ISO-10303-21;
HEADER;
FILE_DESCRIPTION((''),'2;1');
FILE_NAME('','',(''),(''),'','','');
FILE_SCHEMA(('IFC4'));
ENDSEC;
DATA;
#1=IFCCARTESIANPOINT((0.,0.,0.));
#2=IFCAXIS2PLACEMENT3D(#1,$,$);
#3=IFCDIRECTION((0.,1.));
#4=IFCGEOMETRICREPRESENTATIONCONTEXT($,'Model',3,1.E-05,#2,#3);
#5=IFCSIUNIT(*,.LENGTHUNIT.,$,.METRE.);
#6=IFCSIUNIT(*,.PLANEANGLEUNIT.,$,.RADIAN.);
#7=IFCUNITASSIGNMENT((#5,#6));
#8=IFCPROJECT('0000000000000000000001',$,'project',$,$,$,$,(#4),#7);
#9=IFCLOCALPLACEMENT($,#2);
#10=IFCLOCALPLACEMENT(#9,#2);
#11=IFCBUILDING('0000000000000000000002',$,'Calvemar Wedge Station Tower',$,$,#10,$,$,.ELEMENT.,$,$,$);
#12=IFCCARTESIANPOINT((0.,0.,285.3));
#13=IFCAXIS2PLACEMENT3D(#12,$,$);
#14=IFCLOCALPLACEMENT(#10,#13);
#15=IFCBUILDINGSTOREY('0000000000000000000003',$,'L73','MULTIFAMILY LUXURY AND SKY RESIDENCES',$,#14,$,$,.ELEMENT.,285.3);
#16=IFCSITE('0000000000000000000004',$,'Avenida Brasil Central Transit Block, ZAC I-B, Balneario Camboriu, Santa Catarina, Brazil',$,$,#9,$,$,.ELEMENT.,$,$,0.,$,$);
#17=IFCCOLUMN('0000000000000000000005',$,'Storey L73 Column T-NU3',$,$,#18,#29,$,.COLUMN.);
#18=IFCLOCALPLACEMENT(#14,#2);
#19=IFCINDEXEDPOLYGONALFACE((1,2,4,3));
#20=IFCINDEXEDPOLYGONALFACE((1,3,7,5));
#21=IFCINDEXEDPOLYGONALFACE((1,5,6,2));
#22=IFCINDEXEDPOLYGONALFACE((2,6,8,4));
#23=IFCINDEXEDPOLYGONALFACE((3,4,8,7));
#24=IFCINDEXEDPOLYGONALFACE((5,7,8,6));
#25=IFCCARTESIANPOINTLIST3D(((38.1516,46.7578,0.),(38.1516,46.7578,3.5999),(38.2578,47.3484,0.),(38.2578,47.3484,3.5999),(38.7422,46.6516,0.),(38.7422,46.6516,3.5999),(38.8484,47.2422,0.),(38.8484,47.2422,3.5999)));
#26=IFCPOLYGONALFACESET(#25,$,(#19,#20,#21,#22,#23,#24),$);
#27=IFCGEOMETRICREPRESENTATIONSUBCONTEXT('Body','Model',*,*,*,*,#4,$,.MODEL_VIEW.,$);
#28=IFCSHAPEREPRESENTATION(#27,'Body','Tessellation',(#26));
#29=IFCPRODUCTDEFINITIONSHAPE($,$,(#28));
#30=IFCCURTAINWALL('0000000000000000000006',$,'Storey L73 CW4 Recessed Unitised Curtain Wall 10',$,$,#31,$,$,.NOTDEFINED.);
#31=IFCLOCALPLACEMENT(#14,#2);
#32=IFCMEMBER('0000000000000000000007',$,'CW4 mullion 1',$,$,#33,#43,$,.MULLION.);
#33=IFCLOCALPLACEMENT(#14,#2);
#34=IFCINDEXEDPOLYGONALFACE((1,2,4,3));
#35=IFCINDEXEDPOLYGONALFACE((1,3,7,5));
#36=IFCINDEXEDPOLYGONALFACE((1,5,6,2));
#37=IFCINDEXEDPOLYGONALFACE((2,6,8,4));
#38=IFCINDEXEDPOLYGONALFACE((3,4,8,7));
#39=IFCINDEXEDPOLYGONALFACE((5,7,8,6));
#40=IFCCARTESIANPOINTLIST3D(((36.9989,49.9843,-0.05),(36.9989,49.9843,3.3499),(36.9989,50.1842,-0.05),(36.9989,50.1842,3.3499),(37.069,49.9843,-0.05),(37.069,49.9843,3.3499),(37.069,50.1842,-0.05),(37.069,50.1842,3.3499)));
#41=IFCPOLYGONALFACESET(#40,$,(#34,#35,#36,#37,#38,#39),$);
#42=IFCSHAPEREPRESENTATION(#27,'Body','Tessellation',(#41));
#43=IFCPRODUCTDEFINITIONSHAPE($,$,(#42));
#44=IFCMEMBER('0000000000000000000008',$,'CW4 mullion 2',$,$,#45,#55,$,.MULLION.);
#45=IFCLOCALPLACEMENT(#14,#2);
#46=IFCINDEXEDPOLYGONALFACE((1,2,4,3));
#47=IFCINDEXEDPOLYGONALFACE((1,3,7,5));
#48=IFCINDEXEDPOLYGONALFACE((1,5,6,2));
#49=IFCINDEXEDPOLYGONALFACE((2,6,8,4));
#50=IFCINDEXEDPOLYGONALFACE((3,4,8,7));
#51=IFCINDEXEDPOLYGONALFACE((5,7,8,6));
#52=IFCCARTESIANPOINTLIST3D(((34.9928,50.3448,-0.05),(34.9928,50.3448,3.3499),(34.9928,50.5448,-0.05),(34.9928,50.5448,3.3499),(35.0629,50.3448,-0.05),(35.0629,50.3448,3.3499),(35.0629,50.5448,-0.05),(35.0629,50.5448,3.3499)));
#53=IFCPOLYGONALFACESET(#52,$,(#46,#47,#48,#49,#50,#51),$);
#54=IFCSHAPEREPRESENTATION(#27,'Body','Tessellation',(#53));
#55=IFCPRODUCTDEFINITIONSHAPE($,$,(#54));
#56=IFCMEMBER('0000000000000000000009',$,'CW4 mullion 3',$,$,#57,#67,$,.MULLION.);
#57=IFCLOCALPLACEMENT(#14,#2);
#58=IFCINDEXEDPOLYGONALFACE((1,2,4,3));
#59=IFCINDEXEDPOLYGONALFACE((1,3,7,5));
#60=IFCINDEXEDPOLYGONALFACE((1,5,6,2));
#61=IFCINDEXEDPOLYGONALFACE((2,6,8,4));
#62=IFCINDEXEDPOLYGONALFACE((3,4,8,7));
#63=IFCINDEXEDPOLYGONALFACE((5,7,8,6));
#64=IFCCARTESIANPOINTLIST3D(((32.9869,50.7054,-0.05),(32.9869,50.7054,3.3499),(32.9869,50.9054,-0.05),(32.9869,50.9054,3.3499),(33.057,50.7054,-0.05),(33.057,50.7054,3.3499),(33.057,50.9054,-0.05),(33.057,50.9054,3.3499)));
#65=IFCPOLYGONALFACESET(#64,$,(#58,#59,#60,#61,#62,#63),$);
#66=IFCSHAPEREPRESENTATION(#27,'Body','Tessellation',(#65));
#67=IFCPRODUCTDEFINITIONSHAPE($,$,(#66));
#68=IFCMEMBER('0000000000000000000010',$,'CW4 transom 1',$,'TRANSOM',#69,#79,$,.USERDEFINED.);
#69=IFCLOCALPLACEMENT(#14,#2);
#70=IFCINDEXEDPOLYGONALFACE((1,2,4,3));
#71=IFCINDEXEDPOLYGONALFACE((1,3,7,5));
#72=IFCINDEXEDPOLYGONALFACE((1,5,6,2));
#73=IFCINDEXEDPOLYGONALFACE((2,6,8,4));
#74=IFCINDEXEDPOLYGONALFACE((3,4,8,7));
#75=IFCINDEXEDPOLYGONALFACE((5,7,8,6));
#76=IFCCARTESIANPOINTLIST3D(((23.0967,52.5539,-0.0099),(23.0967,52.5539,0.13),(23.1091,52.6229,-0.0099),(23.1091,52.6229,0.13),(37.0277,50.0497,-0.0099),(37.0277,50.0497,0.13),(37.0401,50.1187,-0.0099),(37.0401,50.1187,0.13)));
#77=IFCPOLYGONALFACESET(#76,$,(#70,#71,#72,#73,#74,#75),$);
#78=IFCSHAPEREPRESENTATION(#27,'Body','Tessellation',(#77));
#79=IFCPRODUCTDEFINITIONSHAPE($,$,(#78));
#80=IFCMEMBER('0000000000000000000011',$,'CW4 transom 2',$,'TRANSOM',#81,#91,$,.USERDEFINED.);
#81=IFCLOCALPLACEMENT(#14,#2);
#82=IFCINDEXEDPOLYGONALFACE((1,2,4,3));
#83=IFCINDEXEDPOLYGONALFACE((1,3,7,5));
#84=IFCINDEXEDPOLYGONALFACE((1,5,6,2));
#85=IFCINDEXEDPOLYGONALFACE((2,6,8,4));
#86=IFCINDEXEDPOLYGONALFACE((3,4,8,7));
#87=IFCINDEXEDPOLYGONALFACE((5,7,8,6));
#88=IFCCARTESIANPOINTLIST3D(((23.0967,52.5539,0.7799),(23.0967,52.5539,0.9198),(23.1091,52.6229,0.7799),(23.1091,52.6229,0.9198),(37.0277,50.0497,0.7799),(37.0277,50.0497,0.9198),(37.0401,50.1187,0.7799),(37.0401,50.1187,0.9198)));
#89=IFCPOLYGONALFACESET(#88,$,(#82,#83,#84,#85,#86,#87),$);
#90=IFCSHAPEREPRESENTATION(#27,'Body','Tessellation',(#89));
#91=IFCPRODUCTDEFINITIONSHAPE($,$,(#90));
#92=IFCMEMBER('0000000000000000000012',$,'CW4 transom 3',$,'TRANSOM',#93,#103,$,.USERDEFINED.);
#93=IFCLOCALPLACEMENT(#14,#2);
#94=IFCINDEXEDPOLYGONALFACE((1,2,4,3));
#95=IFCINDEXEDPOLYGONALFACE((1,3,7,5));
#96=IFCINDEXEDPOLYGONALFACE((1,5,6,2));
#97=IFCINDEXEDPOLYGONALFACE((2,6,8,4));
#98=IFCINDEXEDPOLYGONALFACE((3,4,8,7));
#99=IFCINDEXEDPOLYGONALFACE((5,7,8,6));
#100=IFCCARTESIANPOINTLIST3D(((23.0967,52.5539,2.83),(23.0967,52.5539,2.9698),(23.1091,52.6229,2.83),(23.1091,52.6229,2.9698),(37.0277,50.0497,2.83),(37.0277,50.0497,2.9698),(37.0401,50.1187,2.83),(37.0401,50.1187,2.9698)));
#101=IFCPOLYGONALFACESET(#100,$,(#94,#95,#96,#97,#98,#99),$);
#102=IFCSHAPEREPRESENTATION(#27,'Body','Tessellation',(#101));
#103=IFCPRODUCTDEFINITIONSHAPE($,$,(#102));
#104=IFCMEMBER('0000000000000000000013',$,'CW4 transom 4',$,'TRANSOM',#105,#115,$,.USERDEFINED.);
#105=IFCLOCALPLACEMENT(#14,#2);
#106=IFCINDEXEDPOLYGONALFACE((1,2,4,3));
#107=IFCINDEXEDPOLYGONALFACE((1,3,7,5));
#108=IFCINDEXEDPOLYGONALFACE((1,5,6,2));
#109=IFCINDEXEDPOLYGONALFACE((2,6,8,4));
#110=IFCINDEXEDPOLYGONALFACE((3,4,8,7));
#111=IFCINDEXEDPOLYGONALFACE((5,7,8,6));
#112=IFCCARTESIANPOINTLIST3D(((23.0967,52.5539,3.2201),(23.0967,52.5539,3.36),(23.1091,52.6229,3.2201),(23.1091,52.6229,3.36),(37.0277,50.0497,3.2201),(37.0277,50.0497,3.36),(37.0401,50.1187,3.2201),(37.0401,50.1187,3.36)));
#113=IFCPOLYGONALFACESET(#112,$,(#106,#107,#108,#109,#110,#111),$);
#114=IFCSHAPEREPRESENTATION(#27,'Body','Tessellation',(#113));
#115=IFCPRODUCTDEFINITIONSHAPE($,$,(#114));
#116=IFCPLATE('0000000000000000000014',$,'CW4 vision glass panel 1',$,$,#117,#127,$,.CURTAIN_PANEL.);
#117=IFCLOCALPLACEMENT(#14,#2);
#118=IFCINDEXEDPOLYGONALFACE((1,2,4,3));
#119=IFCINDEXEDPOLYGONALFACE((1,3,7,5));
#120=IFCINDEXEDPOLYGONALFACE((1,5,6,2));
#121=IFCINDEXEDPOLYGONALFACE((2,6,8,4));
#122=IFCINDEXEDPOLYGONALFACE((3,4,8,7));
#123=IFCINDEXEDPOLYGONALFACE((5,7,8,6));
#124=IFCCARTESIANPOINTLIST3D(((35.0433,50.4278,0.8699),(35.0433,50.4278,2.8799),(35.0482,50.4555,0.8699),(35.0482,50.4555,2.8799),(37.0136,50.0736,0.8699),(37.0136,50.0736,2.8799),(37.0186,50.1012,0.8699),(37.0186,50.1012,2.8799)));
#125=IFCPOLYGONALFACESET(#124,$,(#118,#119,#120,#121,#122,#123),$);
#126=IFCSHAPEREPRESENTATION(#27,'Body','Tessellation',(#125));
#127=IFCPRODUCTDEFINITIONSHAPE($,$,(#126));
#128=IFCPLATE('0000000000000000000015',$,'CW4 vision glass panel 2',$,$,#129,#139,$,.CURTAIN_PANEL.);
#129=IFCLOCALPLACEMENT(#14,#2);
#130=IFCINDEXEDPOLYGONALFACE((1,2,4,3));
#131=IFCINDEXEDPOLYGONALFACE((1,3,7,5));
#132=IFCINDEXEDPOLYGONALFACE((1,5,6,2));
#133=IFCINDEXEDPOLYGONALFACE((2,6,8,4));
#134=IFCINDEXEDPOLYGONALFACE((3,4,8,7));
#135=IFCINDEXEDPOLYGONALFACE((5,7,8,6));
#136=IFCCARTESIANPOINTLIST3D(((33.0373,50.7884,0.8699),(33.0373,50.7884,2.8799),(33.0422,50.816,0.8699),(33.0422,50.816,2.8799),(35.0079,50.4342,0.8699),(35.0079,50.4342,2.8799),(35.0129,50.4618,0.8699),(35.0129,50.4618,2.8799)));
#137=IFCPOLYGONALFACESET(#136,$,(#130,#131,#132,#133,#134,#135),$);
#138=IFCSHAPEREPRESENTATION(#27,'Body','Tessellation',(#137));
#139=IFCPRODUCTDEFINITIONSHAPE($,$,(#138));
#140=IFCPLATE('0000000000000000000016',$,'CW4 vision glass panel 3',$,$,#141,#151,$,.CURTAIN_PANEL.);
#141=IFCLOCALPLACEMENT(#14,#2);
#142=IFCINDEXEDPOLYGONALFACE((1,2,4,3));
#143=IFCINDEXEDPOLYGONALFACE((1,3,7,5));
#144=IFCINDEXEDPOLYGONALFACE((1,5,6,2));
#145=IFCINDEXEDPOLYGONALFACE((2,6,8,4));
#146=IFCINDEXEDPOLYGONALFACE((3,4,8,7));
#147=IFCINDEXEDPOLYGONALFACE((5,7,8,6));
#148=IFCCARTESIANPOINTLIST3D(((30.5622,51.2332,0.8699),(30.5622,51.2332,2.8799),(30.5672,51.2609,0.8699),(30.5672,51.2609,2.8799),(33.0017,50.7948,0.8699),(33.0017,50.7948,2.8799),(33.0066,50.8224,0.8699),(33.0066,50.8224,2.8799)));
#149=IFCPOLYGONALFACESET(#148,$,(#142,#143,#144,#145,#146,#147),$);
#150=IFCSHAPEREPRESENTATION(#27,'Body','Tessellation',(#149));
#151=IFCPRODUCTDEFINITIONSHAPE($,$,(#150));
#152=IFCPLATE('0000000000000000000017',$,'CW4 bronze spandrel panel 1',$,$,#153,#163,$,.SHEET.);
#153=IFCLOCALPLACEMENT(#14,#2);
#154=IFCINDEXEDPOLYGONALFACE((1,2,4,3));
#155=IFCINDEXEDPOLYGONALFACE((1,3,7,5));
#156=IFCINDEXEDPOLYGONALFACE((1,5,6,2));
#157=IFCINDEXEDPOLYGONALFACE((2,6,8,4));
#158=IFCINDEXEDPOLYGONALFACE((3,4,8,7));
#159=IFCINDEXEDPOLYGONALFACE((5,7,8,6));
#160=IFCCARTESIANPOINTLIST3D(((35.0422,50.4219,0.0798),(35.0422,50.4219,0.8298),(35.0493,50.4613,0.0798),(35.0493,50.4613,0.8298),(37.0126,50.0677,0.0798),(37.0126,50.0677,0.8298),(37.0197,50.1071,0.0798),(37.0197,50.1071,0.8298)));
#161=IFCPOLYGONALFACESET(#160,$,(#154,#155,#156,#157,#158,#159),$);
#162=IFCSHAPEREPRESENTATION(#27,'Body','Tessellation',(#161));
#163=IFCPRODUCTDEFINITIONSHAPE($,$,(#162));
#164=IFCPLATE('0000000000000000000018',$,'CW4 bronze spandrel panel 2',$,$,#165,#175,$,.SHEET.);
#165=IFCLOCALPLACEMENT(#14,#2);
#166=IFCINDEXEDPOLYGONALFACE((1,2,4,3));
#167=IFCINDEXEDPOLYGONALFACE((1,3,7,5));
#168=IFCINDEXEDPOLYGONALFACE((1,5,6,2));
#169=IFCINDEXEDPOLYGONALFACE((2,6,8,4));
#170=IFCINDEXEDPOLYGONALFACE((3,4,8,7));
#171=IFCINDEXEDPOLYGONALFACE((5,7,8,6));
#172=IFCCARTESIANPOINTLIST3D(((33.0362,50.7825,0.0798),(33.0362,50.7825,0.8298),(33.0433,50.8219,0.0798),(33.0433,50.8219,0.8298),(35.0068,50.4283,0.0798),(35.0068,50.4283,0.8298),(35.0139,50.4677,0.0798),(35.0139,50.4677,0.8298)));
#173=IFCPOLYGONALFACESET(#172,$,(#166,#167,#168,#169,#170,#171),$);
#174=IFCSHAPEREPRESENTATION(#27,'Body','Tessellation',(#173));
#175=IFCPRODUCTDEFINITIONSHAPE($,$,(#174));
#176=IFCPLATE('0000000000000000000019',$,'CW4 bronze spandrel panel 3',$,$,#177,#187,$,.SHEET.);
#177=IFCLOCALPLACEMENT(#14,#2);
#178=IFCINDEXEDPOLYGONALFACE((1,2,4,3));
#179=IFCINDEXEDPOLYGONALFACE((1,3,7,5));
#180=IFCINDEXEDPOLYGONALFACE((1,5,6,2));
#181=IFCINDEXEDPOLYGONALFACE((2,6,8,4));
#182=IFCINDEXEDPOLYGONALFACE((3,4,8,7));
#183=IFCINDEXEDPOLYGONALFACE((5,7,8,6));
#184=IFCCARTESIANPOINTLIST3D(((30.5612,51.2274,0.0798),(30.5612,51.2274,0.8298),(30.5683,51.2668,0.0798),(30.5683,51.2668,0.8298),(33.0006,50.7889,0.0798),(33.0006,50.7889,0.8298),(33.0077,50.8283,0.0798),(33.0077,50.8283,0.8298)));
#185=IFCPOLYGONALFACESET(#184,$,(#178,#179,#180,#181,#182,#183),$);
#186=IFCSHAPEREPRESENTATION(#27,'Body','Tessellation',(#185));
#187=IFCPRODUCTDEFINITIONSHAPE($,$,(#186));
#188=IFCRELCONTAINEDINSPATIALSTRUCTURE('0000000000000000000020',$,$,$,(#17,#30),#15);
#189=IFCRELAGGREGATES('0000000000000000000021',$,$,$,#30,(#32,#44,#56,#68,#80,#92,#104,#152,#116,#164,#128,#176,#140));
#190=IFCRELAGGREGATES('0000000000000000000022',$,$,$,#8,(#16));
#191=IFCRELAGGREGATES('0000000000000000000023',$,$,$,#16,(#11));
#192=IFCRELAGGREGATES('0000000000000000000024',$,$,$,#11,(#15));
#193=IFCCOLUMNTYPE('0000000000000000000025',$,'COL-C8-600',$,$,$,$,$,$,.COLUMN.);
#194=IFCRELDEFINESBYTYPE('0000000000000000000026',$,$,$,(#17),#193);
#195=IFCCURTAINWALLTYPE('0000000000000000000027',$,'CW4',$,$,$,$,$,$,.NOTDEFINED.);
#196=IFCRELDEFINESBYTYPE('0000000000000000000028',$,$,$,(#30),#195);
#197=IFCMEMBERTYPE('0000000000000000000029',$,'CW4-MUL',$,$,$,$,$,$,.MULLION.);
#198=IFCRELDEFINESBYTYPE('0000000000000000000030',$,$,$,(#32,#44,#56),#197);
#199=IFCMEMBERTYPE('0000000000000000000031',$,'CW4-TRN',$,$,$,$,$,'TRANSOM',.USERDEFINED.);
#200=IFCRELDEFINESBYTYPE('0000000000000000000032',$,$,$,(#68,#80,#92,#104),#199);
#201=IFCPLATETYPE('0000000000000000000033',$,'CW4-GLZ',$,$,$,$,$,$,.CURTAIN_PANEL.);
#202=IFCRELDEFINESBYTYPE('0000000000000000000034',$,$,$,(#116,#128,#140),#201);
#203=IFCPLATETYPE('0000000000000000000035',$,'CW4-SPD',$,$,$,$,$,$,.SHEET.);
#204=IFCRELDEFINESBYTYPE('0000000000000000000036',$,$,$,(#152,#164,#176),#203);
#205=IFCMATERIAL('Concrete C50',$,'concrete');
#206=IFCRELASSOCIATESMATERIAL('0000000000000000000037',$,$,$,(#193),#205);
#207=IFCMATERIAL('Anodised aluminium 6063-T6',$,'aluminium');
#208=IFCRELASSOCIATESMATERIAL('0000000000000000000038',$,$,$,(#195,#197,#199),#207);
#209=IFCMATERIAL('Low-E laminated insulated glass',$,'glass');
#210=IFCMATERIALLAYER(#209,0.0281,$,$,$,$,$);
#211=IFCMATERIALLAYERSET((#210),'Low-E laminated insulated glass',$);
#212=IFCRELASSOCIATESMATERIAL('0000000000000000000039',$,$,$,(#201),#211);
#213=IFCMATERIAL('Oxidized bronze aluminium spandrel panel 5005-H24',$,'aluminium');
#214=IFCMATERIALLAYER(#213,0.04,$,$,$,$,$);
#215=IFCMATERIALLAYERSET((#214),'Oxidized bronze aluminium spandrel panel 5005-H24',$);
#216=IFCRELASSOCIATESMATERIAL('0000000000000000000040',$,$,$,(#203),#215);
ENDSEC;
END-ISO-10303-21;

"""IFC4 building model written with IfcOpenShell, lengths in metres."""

from ifc_helpers import new_model, si_unit, direction, frame, frame_2d, origin, origin_2d, place, context, subcontext, project, spatial, rectangle, extrude, source, transform, mapped, material, layer, layer_set, material_profile, profile_set, type_object, element, aggregate, save


model = new_model("IFC4")

# Units and contexts
model_context = context("Model", 3, precision=1e-05, world=origin(), true_north=direction((0.0, 1.0)))
body_context = subcontext(model_context, "Body", "Model", "MODEL_VIEW")
ifc_project = project(units=[si_unit("LENGTHUNIT", "METRE"), si_unit("PLANEANGLEUNIT", "RADIAN")], contexts=[model_context])

# Site, building, storey
site_placement = place(None, origin())
site = spatial("IfcSite", under=ifc_project, at=site_placement, Name="Avenida Brasil Central Transit Block, ZAC I-B, Balneario Camboriu, Santa Catarina, Brazil", CompositionType="ELEMENT", RefElevation=0.0)
building_placement = place(site_placement, origin())
building = spatial("IfcBuilding", under=site, at=building_placement, Name="Calvemar Wedge Station Tower", CompositionType="ELEMENT")
storey_placement = place(building_placement, frame((0.0, 0.0, 285.3)))
storey = spatial("IfcBuildingStorey", under=building, at=storey_placement, Name="L73", Description="MULTIFAMILY LUXURY AND SKY RESIDENCES", CompositionType="ELEMENT", Elevation=285.3)

# Column
ifc_material_1 = material(Name="Concrete C50", Category="concrete")
ifc_material_profile_1 = material_profile(ifc_material_1, rectangle(XDim=0.6001, YDim=0.6001, at=origin_2d()), Name="RC600x600")
ifc_profile_set_1 = profile_set([ifc_material_profile_1], Name="Concrete C50")
column_type = type_object("IfcColumnType", Name="COL-C8-600", PredefinedType="COLUMN", material=ifc_profile_set_1)
shared_shape_1 = source(origin(), body_context, "Body", "SweptSolid", [
    extrude(rectangle(XDim=0.6001, YDim=0.6001, at=origin_2d()), origin(), (0.0, 0.0, 1.0), 3.5999),
])
column_placement = place(storey_placement, frame((38.5, 47.0, 0.0), z_axis=(0.0, 0.0, 1.0), x_axis=(0.984196, -0.177085, 0.0)))
element("IfcColumn", 1, at=column_placement, inside=storey, type_object=column_type, Name="Storey L73 Column T-NU3", PredefinedType="COLUMN", context=body_context, shape_type="MappedRepresentation", body=[
    mapped(shared_shape_1, transform((0.0, 0.0, 0.0), scale=1.0)),
])

# Curtain wall, members, plates
ifc_material_2 = material(Name="Anodised aluminium 6063-T6", Category="aluminium")
curtain_wall_type = type_object("IfcCurtainWallType", Name="CW4", PredefinedType="NOTDEFINED", material=ifc_material_2)
curtain_wall_placement = place(storey_placement, origin())
curtain_wall = element("IfcCurtainWall", 2, at=curtain_wall_placement, inside=storey, type_object=curtain_wall_type, Name="Storey L73 CW4 Recessed Unitised Curtain Wall 10", PredefinedType="NOTDEFINED")
ifc_material_profile_2 = material_profile(ifc_material_2, rectangle(XDim=0.0701, YDim=0.2, at=origin_2d()), Name="AL-MUL-70x200")
ifc_profile_set_2 = profile_set([ifc_material_profile_2], Name="Anodised aluminium 6063-T6")
member_type_1 = type_object("IfcMemberType", Name="CW4-MUL", PredefinedType="MULLION", material=ifc_profile_set_2)
shared_shape_2 = source(origin(), body_context, "Body", "SweptSolid", [
    extrude(rectangle(XDim=0.0701, YDim=0.2, at=origin_2d()), origin(), (0.0, 0.0, 1.0), 3.3999),
])
member_1_placement = place(storey_placement, frame((37.0339, 50.0842, -0.05), z_axis=(0.0, 0.0, 1.0), x_axis=(1.0, 0.0, 0.0)))
member_1 = element("IfcMember", 3, at=member_1_placement, type_object=member_type_1, Name="CW4 mullion 1", PredefinedType="MULLION", context=body_context, shape_type="MappedRepresentation", body=[
    mapped(shared_shape_2, transform((0.0, 0.0, 0.0), scale=1.0)),
])
member_2_placement = place(storey_placement, frame((35.0278, 50.4448, -0.05), z_axis=(0.0, 0.0, 1.0), x_axis=(1.0, 0.0, 0.0)))
member_2 = element("IfcMember", 4, at=member_2_placement, type_object=member_type_1, Name="CW4 mullion 2", PredefinedType="MULLION", context=body_context, shape_type="MappedRepresentation", body=[
    mapped(shared_shape_2, transform((0.0, 0.0, 0.0), scale=1.0)),
])
member_3_placement = place(storey_placement, frame((33.022, 50.8054, -0.05), z_axis=(0.0, 0.0, 1.0), x_axis=(1.0, 0.0, 0.0)))
member_3 = element("IfcMember", 5, at=member_3_placement, type_object=member_type_1, Name="CW4 mullion 3", PredefinedType="MULLION", context=body_context, shape_type="MappedRepresentation", body=[
    mapped(shared_shape_2, transform((0.0, 0.0, 0.0), scale=1.0)),
])
ifc_material_profile_3 = material_profile(ifc_material_2, rectangle(XDim=0.0701, YDim=0.1399, at=origin_2d()), Name="AL-TRN-70x140")
ifc_profile_set_3 = profile_set([ifc_material_profile_3], Name="Anodised aluminium 6063-T6")
member_type_2 = type_object("IfcMemberType", Name="CW4-TRN", ElementType="TRANSOM", PredefinedType="USERDEFINED", material=ifc_profile_set_3)
shared_shape_3 = source(origin(), body_context, "Body", "SweptSolid", [
    extrude(rectangle(XDim=0.0701, YDim=0.1399, at=origin_2d()), origin(), (0.0, 0.0, 1.0), 14.1543),
])
member_4_placement = place(storey_placement, frame((37.0339, 50.0842, 0.0601), z_axis=(-0.984225, 0.176919, 0.0), x_axis=(-0.176919, -0.984225, 0.0)))
member_4 = element("IfcMember", 6, at=member_4_placement, type_object=member_type_2, Name="CW4 transom 1", ObjectType="TRANSOM", PredefinedType="USERDEFINED", context=body_context, shape_type="MappedRepresentation", body=[
    mapped(shared_shape_3, transform((0.0, 0.0, 0.0), scale=1.0)),
])
member_5_placement = place(storey_placement, frame((37.0339, 50.0842, 0.8499), z_axis=(-0.984225, 0.176919, 0.0), x_axis=(-0.176919, -0.984225, 0.0)))
member_5 = element("IfcMember", 7, at=member_5_placement, type_object=member_type_2, Name="CW4 transom 2", ObjectType="TRANSOM", PredefinedType="USERDEFINED", context=body_context, shape_type="MappedRepresentation", body=[
    mapped(shared_shape_3, transform((0.0, 0.0, 0.0), scale=1.0)),
])
member_6_placement = place(storey_placement, frame((37.0339, 50.0842, 2.8999), z_axis=(-0.984225, 0.176919, 0.0), x_axis=(-0.176919, -0.984225, 0.0)))
member_6 = element("IfcMember", 8, at=member_6_placement, type_object=member_type_2, Name="CW4 transom 3", ObjectType="TRANSOM", PredefinedType="USERDEFINED", context=body_context, shape_type="MappedRepresentation", body=[
    mapped(shared_shape_3, transform((0.0, 0.0, 0.0), scale=1.0)),
])
member_7_placement = place(storey_placement, frame((37.0339, 50.0842, 3.29), z_axis=(-0.984225, 0.176919, 0.0), x_axis=(-0.176919, -0.984225, 0.0)))
member_7 = element("IfcMember", 9, at=member_7_placement, type_object=member_type_2, Name="CW4 transom 4", ObjectType="TRANSOM", PredefinedType="USERDEFINED", context=body_context, shape_type="MappedRepresentation", body=[
    mapped(shared_shape_3, transform((0.0, 0.0, 0.0), scale=1.0)),
])
ifc_material_3 = material(Name="Low-E laminated insulated glass", Category="glass")
ifc_layer_1 = layer(ifc_material_3, 0.0281)
ifc_layer_set_1 = layer_set([ifc_layer_1], Name="Low-E laminated insulated glass")
plate_type_1 = type_object("IfcPlateType", Name="CW4-GLZ", PredefinedType="CURTAIN_PANEL", material=ifc_layer_set_1)
plate_1_placement = place(storey_placement, frame((37.0161, 50.0874, 0.8699), z_axis=(0.0, 0.0, 1.0), x_axis=(-0.984221, 0.176943, 0.0)))
plate_1 = element("IfcPlate", 10, at=plate_1_placement, type_object=plate_type_1, Name="CW4 vision glass panel 1", PredefinedType="CURTAIN_PANEL", context=body_context, shape_type="SweptSolid", body=[
    extrude(rectangle(XDim=2.002, YDim=0.0281, at=frame_2d((1.001, 0.0))), origin(), (0.0, 0.0, 1.0), 2.01),
])
plate_2_placement = place(storey_placement, frame((35.0103, 50.448, 0.8699), z_axis=(0.0, 0.0, 1.0), x_axis=(-0.984225, 0.176922, 0.0)))
plate_2 = element("IfcPlate", 11, at=plate_2_placement, type_object=plate_type_1, Name="CW4 vision glass panel 2", PredefinedType="CURTAIN_PANEL", context=body_context, shape_type="SweptSolid", body=[
    extrude(rectangle(XDim=2.0022, YDim=0.0281, at=frame_2d((1.001, 0.0))), origin(), (0.0, 0.0, 1.0), 2.01),
])
plate_3_placement = place(storey_placement, frame((33.0042, 50.8086, 0.8699), z_axis=(0.0, 0.0, 1.0), x_axis=(-0.984227, 0.176909, 0.0)))
plate_3 = element("IfcPlate", 12, at=plate_3_placement, type_object=plate_type_1, Name="CW4 vision glass panel 3", PredefinedType="CURTAIN_PANEL", context=body_context, shape_type="SweptSolid", body=[
    extrude(rectangle(XDim=2.4785, YDim=0.0281, at=frame_2d((1.2393, 0.0))), origin(), (0.0, 0.0, 1.0), 2.01),
])
ifc_material_4 = material(Name="Oxidized bronze aluminium spandrel panel 5005-H24", Category="aluminium")
ifc_layer_2 = layer(ifc_material_4, 0.04)
ifc_layer_set_2 = layer_set([ifc_layer_2], Name="Oxidized bronze aluminium spandrel panel 5005-H24")
plate_type_2 = type_object("IfcPlateType", Name="CW4-SPD", PredefinedType="SHEET", material=ifc_layer_set_2)
plate_4_placement = place(storey_placement, frame((37.0161, 50.0874, 0.0798), z_axis=(0.0, 0.0, 1.0), x_axis=(-0.984221, 0.176943, 0.0)))
plate_4 = element("IfcPlate", 13, at=plate_4_placement, type_object=plate_type_2, Name="CW4 bronze spandrel panel 1", PredefinedType="SHEET", context=body_context, shape_type="SweptSolid", body=[
    extrude(rectangle(XDim=2.002, YDim=0.04, at=frame_2d((1.001, 0.0))), origin(), (0.0, 0.0, 1.0), 0.75),
])
plate_5_placement = place(storey_placement, frame((35.0103, 50.448, 0.0798), z_axis=(0.0, 0.0, 1.0), x_axis=(-0.984225, 0.176922, 0.0)))
plate_5 = element("IfcPlate", 14, at=plate_5_placement, type_object=plate_type_2, Name="CW4 bronze spandrel panel 2", PredefinedType="SHEET", context=body_context, shape_type="SweptSolid", body=[
    extrude(rectangle(XDim=2.0022, YDim=0.04, at=frame_2d((1.001, 0.0))), origin(), (0.0, 0.0, 1.0), 0.75),
])
plate_6_placement = place(storey_placement, frame((33.0042, 50.8086, 0.0798), z_axis=(0.0, 0.0, 1.0), x_axis=(-0.984227, 0.176909, 0.0)))
plate_6 = element("IfcPlate", 15, at=plate_6_placement, type_object=plate_type_2, Name="CW4 bronze spandrel panel 3", PredefinedType="SHEET", context=body_context, shape_type="SweptSolid", body=[
    extrude(rectangle(XDim=2.4785, YDim=0.04, at=frame_2d((1.2393, 0.0))), origin(), (0.0, 0.0, 1.0), 0.75),
])
aggregate(curtain_wall, [member_1, member_2, member_3, member_4, member_5, member_6, member_7, plate_4, plate_1, plate_5, plate_2, plate_6, plate_3])

save(model, "model.ifc")
